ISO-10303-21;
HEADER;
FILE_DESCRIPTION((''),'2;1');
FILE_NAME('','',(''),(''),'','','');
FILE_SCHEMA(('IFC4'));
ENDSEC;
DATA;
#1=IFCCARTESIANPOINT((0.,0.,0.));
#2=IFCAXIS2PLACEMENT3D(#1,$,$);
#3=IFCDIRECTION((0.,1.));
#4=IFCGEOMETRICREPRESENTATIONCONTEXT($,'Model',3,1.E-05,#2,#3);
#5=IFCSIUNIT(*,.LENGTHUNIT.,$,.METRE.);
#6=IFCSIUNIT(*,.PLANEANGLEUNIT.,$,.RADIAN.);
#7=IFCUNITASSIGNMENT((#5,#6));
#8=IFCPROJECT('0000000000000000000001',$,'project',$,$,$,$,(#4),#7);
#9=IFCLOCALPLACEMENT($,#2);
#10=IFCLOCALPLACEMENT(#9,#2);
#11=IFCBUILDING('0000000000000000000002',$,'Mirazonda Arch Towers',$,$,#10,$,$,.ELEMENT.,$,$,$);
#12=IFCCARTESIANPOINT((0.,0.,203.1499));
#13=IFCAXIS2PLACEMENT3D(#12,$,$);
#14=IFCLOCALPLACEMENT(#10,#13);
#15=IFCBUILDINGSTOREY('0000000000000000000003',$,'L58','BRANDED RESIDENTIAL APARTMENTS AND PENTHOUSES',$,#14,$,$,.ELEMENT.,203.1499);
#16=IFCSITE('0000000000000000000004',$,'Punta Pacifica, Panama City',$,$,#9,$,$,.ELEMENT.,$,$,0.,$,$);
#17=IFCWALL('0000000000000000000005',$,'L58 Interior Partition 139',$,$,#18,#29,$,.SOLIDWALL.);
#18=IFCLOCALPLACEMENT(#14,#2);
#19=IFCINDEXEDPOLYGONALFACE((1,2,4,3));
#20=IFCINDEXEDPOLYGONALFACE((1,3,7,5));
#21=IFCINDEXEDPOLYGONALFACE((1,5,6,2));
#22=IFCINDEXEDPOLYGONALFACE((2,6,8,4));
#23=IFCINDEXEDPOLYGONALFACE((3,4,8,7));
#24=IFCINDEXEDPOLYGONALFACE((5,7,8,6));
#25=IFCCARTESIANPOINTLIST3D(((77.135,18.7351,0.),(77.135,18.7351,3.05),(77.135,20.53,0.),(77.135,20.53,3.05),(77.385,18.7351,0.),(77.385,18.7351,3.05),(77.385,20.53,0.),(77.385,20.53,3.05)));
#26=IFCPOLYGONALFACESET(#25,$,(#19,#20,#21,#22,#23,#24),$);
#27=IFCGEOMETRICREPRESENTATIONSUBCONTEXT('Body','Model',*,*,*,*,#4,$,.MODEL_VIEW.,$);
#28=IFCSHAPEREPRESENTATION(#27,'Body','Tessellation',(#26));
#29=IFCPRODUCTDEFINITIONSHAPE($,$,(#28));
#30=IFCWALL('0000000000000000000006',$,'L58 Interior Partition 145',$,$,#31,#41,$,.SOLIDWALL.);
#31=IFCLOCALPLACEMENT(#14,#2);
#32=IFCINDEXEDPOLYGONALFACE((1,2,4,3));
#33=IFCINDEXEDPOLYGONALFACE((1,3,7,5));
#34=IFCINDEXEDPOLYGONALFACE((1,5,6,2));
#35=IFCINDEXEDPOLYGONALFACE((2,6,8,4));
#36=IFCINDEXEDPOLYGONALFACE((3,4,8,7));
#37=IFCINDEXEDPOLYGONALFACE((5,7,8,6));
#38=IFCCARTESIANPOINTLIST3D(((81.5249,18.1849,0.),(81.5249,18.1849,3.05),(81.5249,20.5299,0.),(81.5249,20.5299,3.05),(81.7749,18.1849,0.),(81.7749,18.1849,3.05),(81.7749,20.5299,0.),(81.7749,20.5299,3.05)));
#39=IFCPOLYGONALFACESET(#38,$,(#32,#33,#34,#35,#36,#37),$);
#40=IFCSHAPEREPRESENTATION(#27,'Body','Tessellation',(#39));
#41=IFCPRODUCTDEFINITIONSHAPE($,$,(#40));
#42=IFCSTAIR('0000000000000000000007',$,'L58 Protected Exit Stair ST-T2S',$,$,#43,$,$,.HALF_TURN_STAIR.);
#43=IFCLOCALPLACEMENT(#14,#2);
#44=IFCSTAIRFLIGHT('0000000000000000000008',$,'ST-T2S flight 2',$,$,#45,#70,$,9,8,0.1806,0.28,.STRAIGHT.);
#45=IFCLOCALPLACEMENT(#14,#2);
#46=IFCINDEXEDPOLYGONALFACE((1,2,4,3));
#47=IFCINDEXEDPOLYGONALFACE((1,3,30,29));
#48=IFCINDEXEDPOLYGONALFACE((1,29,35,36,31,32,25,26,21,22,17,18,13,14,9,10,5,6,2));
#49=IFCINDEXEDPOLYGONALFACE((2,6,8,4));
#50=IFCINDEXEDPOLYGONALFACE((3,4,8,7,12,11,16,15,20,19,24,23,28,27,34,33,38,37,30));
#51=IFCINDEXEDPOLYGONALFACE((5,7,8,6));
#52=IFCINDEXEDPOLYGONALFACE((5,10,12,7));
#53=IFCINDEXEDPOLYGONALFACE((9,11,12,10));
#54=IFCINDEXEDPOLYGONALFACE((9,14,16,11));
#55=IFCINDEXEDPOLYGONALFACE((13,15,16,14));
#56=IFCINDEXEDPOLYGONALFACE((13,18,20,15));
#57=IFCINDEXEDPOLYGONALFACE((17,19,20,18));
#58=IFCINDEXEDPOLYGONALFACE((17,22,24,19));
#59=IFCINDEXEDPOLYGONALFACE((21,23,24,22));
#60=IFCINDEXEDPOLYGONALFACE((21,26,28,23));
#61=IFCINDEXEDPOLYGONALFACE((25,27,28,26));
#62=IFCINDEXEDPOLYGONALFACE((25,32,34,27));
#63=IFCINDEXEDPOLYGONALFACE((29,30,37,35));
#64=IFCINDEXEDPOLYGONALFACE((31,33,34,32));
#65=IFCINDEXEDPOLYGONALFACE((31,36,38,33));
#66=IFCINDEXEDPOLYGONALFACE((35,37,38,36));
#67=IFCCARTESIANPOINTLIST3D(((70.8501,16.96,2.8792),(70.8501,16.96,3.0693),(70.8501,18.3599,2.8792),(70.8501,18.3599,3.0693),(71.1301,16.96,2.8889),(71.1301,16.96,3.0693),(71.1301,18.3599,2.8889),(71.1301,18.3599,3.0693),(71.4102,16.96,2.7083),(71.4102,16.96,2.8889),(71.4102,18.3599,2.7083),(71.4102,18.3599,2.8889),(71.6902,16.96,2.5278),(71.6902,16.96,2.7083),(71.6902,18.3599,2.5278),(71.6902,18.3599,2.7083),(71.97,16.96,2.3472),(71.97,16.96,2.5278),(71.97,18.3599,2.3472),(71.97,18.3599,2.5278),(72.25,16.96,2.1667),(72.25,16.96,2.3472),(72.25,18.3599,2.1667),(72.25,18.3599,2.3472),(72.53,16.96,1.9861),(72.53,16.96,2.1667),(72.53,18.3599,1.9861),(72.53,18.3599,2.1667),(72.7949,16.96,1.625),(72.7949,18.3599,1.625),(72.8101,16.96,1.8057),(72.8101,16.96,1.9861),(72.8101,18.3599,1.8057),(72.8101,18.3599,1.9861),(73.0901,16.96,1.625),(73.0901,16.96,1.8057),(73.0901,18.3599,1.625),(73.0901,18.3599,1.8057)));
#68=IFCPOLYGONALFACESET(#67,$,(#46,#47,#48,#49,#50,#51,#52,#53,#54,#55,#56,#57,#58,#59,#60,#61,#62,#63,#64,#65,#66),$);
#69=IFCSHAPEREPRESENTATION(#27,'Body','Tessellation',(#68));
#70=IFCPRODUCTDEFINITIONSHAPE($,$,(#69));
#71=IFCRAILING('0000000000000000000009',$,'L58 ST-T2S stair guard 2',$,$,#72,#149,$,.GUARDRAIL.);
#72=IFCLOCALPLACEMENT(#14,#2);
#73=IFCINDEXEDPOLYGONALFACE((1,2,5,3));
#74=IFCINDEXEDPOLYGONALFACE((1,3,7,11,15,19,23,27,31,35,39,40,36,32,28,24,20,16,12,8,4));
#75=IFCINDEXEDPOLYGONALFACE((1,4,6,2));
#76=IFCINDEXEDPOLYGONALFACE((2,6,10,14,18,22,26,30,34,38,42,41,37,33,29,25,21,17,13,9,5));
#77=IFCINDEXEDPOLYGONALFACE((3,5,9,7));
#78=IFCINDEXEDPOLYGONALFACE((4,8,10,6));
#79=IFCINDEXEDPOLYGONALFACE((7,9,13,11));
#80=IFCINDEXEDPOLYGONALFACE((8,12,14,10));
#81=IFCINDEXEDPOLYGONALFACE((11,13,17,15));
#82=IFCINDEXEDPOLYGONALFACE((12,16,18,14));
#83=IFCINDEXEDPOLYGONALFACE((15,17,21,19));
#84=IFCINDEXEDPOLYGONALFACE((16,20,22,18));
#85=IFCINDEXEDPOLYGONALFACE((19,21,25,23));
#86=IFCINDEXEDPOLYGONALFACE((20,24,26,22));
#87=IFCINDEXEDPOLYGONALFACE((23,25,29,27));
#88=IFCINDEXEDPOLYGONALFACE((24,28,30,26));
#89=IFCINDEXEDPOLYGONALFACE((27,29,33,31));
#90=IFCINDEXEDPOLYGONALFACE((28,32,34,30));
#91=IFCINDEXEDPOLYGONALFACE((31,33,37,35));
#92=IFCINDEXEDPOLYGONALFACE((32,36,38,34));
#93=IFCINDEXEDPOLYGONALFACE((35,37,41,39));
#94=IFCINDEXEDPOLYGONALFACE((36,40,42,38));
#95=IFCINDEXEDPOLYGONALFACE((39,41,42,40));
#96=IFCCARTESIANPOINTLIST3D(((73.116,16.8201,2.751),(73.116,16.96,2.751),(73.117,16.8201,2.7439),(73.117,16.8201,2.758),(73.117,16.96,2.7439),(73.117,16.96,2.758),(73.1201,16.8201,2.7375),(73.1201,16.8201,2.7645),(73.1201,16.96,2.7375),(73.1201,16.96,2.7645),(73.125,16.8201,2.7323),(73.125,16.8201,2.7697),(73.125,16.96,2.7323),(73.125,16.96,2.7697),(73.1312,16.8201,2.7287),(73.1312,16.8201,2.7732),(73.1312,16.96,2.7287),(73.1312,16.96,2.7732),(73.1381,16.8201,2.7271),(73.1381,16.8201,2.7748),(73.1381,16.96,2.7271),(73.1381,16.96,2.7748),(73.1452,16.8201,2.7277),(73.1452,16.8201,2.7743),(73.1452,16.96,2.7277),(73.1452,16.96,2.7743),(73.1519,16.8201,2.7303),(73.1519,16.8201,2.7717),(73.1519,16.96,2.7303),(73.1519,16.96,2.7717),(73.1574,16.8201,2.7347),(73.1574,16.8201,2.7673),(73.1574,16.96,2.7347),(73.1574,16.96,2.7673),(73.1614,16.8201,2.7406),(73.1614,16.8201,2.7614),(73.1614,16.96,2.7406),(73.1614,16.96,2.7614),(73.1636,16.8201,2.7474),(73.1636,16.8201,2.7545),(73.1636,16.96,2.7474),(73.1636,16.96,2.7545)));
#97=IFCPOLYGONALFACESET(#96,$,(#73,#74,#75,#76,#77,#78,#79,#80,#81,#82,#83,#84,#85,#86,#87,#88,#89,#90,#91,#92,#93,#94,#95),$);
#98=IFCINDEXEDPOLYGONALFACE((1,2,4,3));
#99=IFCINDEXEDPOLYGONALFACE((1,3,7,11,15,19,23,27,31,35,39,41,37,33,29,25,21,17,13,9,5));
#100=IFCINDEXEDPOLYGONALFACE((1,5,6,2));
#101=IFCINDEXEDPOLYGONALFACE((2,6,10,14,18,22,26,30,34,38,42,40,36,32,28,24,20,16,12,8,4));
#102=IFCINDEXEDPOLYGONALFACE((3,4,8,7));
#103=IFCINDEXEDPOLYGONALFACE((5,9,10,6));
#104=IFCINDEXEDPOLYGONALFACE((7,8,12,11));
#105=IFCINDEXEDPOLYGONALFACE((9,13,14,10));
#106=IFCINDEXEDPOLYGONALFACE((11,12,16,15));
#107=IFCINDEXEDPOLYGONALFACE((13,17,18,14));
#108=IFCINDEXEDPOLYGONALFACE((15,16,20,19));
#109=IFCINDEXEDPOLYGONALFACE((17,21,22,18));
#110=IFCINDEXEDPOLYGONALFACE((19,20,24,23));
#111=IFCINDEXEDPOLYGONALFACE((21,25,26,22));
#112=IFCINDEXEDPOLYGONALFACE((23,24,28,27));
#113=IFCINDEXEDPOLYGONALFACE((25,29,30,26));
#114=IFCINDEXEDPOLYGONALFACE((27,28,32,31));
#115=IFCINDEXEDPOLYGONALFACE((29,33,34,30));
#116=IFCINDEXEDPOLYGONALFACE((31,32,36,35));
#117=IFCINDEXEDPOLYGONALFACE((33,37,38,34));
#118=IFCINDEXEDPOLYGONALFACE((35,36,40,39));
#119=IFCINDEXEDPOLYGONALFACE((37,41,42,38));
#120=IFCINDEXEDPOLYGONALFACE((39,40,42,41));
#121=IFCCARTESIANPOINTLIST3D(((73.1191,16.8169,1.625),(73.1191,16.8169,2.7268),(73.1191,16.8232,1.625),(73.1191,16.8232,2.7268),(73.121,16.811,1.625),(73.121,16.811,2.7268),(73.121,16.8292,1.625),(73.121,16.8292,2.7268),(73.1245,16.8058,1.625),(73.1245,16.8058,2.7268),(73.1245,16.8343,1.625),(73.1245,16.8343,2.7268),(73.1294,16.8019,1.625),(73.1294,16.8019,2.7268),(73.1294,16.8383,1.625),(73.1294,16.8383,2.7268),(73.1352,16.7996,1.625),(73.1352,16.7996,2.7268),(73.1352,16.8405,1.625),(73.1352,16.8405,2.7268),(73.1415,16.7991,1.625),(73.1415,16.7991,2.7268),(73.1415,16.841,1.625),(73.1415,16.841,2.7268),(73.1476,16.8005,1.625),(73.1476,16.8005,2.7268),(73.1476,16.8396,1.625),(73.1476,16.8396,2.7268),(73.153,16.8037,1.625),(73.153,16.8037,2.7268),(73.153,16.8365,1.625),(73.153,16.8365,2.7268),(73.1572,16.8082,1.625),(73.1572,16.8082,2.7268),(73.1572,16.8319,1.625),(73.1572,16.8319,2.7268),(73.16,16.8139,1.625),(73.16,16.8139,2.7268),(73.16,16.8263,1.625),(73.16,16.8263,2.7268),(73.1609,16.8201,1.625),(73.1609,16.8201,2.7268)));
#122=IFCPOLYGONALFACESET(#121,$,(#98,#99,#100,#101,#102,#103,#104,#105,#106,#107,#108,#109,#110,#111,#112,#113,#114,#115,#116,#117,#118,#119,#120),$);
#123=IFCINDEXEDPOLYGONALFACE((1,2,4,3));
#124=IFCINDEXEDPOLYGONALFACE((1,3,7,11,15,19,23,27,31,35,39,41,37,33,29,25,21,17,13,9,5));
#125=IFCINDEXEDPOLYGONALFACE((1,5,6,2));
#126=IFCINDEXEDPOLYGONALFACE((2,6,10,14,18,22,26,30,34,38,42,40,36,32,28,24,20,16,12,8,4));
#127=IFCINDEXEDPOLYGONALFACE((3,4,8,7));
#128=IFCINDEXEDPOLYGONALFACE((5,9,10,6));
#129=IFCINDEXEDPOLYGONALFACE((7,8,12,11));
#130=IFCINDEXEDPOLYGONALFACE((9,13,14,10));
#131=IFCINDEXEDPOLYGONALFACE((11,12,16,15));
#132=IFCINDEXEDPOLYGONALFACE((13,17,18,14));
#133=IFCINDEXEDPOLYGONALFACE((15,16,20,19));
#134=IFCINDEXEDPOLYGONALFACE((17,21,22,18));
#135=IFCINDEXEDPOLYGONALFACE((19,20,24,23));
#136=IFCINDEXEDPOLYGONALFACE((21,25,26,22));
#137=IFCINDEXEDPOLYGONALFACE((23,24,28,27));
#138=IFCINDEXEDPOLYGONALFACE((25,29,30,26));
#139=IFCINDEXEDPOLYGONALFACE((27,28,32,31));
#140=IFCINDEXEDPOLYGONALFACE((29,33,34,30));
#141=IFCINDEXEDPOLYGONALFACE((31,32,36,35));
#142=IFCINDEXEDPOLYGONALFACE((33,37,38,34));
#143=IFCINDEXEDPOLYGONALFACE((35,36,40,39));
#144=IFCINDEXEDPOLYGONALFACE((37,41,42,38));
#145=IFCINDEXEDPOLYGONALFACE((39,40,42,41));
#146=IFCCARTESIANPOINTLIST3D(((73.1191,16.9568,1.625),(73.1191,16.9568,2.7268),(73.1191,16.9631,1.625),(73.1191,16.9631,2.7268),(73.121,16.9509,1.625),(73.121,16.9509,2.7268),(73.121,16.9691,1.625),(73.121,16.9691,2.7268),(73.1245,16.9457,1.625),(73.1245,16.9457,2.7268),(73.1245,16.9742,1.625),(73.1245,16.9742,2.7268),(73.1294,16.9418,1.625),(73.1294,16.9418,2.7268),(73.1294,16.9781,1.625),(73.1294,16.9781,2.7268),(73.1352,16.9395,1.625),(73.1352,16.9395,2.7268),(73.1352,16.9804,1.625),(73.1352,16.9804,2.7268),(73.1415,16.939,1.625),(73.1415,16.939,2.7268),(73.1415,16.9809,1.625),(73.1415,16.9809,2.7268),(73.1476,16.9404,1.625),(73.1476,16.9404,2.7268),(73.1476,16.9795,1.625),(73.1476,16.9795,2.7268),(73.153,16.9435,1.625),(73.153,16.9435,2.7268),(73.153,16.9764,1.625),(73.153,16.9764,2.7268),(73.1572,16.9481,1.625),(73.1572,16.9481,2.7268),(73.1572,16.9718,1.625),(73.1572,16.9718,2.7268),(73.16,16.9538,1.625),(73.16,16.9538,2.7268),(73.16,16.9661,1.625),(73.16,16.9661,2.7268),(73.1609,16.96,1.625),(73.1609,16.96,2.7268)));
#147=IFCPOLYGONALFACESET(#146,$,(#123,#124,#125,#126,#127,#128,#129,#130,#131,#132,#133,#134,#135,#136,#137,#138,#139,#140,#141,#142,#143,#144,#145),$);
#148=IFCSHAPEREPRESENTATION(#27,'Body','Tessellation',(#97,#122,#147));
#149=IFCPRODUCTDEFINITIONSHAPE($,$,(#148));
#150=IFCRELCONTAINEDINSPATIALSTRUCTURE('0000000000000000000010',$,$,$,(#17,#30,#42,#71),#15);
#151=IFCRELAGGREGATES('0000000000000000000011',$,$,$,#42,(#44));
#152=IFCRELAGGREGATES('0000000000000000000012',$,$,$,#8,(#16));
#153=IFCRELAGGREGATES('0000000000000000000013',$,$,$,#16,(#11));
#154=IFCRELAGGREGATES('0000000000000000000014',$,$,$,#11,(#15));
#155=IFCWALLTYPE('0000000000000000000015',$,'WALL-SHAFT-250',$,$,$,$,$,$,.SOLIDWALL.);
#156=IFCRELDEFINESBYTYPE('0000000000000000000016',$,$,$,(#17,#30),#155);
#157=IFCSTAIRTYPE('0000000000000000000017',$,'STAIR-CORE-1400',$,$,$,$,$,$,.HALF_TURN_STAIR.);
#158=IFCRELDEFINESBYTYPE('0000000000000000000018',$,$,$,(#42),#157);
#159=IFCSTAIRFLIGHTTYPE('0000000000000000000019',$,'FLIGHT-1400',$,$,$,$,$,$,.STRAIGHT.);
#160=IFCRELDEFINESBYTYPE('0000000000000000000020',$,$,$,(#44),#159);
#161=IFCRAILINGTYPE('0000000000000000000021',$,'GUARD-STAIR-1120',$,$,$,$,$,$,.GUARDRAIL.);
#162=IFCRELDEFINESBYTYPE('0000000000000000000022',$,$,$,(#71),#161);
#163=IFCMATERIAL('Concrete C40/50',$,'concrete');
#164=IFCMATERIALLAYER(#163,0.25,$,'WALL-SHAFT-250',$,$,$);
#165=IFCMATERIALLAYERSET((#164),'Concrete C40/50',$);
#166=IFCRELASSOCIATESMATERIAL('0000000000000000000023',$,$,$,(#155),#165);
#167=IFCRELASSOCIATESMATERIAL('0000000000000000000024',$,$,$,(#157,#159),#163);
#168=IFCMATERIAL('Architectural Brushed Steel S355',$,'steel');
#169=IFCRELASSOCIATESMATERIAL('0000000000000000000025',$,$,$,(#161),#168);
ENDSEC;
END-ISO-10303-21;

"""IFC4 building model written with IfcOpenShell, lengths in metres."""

from ifc_helpers import new_model, si_unit, direction, frame, frame_2d, origin, origin_2d, place, context, subcontext, project, spatial, polyline, rectangle, circle, outline, extrude, material, layer, layer_set, type_object, element, aggregate, save


model = new_model("IFC4")

# Units and contexts
model_context = context("Model", 3, precision=1e-05, world=origin(), true_north=direction((0.0, 1.0)))
body_context = subcontext(model_context, "Body", "Model", "MODEL_VIEW")
ifc_project = project(units=[si_unit("LENGTHUNIT", "METRE"), si_unit("PLANEANGLEUNIT", "RADIAN")], contexts=[model_context])

# Site, building, storey
site_placement = place(None, origin())
site = spatial("IfcSite", under=ifc_project, at=site_placement, Name="Punta Pacifica, Panama City", CompositionType="ELEMENT", RefElevation=0.0)
building_placement = place(site_placement, origin())
building = spatial("IfcBuilding", under=site, at=building_placement, Name="Mirazonda Arch Towers", CompositionType="ELEMENT")
storey_placement = place(building_placement, frame((0.0, 0.0, 203.1499)))
storey = spatial("IfcBuildingStorey", under=building, at=storey_placement, Name="L58", Description="BRANDED RESIDENTIAL APARTMENTS AND PENTHOUSES", CompositionType="ELEMENT", Elevation=203.1499)

# Shared definitions
ifc_material_1 = material(Name="Architectural Brushed Steel S355", Category="steel")

# Walls
ifc_material_2 = material(Name="Concrete C40/50", Category="concrete")
ifc_layer_1 = layer(ifc_material_2, 0.25, Name="WALL-SHAFT-250")
ifc_layer_set_1 = layer_set([ifc_layer_1], Name="Concrete C40/50")
wall_type_1 = type_object("IfcWallType", Name="WALL-SHAFT-250", PredefinedType="SOLIDWALL", material=ifc_layer_set_1)
wall_1_placement = place(storey_placement, frame((77.26, 18.7351, 0.0), z_axis=(0.0, 0.0, 1.0), x_axis=(0.0, 1.0, 0.0)))
element("IfcWall", 1, at=wall_1_placement, inside=storey, type_object=wall_type_1, Name="L58 Interior Partition 139", PredefinedType="SOLIDWALL", context=body_context, shape_type="SweptSolid", body=[
    extrude(rectangle(XDim=1.7949, YDim=0.25, at=frame_2d((0.8975, 0.0))), origin(), (0.0, 0.0, 1.0), 3.05),
])
wall_2_placement = place(storey_placement, frame((81.6499, 18.1851, 0.0), z_axis=(0.0, 0.0, 1.0), x_axis=(0.0, 1.0, 0.0)))
element("IfcWall", 2, at=wall_2_placement, inside=storey, type_object=wall_type_1, Name="L58 Interior Partition 145", PredefinedType="SOLIDWALL", context=body_context, shape_type="SweptSolid", body=[
    extrude(rectangle(XDim=2.345, YDim=0.25, at=frame_2d((1.1724, 0.0))), origin(), (0.0, 0.0, 1.0), 3.05),
])

# Stair, stair flight
stair_type = type_object("IfcStairType", Name="STAIR-CORE-1400", PredefinedType="HALF_TURN_STAIR", material=ifc_material_2)
stair_placement = place(storey_placement, origin())
stair = element("IfcStair", 3, at=stair_placement, inside=storey, type_object=stair_type, Name="L58 Protected Exit Stair ST-T2S", PredefinedType="HALF_TURN_STAIR")
stair_flight_type = type_object("IfcStairFlightType", Name="FLIGHT-1400", PredefinedType="STRAIGHT", material=ifc_material_2)
stair_flight_placement = place(storey_placement, frame((73.0901, 17.6599, 1.625), z_axis=(0.0, 0.0, 1.0), x_axis=(-1.0, 0.0, 0.0)))
stair_flight = element("IfcStairFlight", 4, at=stair_flight_placement, type_object=stair_flight_type, Name="ST-T2S flight 2", NumberOfRisers=9, NumberOfTreads=8, PredefinedType="STRAIGHT", RiserHeight=0.1806, TreadLength=0.28, context=body_context, shape_type="SweptSolid", body=[
    extrude(outline(polyline([(0.0, 0.0), (0.0, 0.1807), (0.28, 0.1807), (0.28, 0.3611), (0.5601, 0.3611), (0.5601, 0.5417), (0.8401, 0.5417), (0.8401, 0.7222), (1.1201, 0.7222), (1.1201, 0.9028), (1.3999, 0.9028), (1.3999, 1.0833), (1.6799, 1.0833), (1.6799, 1.2639), (1.96, 1.2639), (1.96, 1.4443), (2.24, 1.4443), (2.24, 1.625), (2.24, 1.2542), (0.2952, 0.0), (0.0, 0.0)])), frame((0.0, 0.7, 0.0), z_axis=(0.0, -1.0, 0.0), x_axis=(1.0, 0.0, 0.0)), (0.0, 0.0, 1.0), 1.3999),
])
aggregate(stair, [stair_flight])

# Railing
railing_type_1 = type_object("IfcRailingType", Name="GUARD-STAIR-1120", PredefinedType="GUARDRAIL", material=ifc_material_1)
railing_1_placement = place(storey_placement, frame((73.1399, 16.8201, 1.625)))
element("IfcRailing", 5, at=railing_1_placement, inside=storey, type_object=railing_type_1, Name="L58 ST-T2S stair guard 2", PredefinedType="GUARDRAIL", context=body_context, shape_type="SweptSolid", body=[
    extrude(circle(Radius=0.0239, at=origin_2d()), frame((0.0, 0.0, 1.126), z_axis=(0.0, 1.0, 0.0), x_axis=(-1.0, 0.0, 0.0)), (0.0, 0.0, 1.0), 0.1399),
    extrude(circle(Radius=0.021, at=origin_2d()), origin(), (0.0, 0.0, 1.0), 1.1018),
    extrude(circle(Radius=0.021, at=origin_2d()), frame((0.0, 0.1399, 0.0)), (0.0, 0.0, 1.0), 1.1018),
])

save(model, "model.ifc")
